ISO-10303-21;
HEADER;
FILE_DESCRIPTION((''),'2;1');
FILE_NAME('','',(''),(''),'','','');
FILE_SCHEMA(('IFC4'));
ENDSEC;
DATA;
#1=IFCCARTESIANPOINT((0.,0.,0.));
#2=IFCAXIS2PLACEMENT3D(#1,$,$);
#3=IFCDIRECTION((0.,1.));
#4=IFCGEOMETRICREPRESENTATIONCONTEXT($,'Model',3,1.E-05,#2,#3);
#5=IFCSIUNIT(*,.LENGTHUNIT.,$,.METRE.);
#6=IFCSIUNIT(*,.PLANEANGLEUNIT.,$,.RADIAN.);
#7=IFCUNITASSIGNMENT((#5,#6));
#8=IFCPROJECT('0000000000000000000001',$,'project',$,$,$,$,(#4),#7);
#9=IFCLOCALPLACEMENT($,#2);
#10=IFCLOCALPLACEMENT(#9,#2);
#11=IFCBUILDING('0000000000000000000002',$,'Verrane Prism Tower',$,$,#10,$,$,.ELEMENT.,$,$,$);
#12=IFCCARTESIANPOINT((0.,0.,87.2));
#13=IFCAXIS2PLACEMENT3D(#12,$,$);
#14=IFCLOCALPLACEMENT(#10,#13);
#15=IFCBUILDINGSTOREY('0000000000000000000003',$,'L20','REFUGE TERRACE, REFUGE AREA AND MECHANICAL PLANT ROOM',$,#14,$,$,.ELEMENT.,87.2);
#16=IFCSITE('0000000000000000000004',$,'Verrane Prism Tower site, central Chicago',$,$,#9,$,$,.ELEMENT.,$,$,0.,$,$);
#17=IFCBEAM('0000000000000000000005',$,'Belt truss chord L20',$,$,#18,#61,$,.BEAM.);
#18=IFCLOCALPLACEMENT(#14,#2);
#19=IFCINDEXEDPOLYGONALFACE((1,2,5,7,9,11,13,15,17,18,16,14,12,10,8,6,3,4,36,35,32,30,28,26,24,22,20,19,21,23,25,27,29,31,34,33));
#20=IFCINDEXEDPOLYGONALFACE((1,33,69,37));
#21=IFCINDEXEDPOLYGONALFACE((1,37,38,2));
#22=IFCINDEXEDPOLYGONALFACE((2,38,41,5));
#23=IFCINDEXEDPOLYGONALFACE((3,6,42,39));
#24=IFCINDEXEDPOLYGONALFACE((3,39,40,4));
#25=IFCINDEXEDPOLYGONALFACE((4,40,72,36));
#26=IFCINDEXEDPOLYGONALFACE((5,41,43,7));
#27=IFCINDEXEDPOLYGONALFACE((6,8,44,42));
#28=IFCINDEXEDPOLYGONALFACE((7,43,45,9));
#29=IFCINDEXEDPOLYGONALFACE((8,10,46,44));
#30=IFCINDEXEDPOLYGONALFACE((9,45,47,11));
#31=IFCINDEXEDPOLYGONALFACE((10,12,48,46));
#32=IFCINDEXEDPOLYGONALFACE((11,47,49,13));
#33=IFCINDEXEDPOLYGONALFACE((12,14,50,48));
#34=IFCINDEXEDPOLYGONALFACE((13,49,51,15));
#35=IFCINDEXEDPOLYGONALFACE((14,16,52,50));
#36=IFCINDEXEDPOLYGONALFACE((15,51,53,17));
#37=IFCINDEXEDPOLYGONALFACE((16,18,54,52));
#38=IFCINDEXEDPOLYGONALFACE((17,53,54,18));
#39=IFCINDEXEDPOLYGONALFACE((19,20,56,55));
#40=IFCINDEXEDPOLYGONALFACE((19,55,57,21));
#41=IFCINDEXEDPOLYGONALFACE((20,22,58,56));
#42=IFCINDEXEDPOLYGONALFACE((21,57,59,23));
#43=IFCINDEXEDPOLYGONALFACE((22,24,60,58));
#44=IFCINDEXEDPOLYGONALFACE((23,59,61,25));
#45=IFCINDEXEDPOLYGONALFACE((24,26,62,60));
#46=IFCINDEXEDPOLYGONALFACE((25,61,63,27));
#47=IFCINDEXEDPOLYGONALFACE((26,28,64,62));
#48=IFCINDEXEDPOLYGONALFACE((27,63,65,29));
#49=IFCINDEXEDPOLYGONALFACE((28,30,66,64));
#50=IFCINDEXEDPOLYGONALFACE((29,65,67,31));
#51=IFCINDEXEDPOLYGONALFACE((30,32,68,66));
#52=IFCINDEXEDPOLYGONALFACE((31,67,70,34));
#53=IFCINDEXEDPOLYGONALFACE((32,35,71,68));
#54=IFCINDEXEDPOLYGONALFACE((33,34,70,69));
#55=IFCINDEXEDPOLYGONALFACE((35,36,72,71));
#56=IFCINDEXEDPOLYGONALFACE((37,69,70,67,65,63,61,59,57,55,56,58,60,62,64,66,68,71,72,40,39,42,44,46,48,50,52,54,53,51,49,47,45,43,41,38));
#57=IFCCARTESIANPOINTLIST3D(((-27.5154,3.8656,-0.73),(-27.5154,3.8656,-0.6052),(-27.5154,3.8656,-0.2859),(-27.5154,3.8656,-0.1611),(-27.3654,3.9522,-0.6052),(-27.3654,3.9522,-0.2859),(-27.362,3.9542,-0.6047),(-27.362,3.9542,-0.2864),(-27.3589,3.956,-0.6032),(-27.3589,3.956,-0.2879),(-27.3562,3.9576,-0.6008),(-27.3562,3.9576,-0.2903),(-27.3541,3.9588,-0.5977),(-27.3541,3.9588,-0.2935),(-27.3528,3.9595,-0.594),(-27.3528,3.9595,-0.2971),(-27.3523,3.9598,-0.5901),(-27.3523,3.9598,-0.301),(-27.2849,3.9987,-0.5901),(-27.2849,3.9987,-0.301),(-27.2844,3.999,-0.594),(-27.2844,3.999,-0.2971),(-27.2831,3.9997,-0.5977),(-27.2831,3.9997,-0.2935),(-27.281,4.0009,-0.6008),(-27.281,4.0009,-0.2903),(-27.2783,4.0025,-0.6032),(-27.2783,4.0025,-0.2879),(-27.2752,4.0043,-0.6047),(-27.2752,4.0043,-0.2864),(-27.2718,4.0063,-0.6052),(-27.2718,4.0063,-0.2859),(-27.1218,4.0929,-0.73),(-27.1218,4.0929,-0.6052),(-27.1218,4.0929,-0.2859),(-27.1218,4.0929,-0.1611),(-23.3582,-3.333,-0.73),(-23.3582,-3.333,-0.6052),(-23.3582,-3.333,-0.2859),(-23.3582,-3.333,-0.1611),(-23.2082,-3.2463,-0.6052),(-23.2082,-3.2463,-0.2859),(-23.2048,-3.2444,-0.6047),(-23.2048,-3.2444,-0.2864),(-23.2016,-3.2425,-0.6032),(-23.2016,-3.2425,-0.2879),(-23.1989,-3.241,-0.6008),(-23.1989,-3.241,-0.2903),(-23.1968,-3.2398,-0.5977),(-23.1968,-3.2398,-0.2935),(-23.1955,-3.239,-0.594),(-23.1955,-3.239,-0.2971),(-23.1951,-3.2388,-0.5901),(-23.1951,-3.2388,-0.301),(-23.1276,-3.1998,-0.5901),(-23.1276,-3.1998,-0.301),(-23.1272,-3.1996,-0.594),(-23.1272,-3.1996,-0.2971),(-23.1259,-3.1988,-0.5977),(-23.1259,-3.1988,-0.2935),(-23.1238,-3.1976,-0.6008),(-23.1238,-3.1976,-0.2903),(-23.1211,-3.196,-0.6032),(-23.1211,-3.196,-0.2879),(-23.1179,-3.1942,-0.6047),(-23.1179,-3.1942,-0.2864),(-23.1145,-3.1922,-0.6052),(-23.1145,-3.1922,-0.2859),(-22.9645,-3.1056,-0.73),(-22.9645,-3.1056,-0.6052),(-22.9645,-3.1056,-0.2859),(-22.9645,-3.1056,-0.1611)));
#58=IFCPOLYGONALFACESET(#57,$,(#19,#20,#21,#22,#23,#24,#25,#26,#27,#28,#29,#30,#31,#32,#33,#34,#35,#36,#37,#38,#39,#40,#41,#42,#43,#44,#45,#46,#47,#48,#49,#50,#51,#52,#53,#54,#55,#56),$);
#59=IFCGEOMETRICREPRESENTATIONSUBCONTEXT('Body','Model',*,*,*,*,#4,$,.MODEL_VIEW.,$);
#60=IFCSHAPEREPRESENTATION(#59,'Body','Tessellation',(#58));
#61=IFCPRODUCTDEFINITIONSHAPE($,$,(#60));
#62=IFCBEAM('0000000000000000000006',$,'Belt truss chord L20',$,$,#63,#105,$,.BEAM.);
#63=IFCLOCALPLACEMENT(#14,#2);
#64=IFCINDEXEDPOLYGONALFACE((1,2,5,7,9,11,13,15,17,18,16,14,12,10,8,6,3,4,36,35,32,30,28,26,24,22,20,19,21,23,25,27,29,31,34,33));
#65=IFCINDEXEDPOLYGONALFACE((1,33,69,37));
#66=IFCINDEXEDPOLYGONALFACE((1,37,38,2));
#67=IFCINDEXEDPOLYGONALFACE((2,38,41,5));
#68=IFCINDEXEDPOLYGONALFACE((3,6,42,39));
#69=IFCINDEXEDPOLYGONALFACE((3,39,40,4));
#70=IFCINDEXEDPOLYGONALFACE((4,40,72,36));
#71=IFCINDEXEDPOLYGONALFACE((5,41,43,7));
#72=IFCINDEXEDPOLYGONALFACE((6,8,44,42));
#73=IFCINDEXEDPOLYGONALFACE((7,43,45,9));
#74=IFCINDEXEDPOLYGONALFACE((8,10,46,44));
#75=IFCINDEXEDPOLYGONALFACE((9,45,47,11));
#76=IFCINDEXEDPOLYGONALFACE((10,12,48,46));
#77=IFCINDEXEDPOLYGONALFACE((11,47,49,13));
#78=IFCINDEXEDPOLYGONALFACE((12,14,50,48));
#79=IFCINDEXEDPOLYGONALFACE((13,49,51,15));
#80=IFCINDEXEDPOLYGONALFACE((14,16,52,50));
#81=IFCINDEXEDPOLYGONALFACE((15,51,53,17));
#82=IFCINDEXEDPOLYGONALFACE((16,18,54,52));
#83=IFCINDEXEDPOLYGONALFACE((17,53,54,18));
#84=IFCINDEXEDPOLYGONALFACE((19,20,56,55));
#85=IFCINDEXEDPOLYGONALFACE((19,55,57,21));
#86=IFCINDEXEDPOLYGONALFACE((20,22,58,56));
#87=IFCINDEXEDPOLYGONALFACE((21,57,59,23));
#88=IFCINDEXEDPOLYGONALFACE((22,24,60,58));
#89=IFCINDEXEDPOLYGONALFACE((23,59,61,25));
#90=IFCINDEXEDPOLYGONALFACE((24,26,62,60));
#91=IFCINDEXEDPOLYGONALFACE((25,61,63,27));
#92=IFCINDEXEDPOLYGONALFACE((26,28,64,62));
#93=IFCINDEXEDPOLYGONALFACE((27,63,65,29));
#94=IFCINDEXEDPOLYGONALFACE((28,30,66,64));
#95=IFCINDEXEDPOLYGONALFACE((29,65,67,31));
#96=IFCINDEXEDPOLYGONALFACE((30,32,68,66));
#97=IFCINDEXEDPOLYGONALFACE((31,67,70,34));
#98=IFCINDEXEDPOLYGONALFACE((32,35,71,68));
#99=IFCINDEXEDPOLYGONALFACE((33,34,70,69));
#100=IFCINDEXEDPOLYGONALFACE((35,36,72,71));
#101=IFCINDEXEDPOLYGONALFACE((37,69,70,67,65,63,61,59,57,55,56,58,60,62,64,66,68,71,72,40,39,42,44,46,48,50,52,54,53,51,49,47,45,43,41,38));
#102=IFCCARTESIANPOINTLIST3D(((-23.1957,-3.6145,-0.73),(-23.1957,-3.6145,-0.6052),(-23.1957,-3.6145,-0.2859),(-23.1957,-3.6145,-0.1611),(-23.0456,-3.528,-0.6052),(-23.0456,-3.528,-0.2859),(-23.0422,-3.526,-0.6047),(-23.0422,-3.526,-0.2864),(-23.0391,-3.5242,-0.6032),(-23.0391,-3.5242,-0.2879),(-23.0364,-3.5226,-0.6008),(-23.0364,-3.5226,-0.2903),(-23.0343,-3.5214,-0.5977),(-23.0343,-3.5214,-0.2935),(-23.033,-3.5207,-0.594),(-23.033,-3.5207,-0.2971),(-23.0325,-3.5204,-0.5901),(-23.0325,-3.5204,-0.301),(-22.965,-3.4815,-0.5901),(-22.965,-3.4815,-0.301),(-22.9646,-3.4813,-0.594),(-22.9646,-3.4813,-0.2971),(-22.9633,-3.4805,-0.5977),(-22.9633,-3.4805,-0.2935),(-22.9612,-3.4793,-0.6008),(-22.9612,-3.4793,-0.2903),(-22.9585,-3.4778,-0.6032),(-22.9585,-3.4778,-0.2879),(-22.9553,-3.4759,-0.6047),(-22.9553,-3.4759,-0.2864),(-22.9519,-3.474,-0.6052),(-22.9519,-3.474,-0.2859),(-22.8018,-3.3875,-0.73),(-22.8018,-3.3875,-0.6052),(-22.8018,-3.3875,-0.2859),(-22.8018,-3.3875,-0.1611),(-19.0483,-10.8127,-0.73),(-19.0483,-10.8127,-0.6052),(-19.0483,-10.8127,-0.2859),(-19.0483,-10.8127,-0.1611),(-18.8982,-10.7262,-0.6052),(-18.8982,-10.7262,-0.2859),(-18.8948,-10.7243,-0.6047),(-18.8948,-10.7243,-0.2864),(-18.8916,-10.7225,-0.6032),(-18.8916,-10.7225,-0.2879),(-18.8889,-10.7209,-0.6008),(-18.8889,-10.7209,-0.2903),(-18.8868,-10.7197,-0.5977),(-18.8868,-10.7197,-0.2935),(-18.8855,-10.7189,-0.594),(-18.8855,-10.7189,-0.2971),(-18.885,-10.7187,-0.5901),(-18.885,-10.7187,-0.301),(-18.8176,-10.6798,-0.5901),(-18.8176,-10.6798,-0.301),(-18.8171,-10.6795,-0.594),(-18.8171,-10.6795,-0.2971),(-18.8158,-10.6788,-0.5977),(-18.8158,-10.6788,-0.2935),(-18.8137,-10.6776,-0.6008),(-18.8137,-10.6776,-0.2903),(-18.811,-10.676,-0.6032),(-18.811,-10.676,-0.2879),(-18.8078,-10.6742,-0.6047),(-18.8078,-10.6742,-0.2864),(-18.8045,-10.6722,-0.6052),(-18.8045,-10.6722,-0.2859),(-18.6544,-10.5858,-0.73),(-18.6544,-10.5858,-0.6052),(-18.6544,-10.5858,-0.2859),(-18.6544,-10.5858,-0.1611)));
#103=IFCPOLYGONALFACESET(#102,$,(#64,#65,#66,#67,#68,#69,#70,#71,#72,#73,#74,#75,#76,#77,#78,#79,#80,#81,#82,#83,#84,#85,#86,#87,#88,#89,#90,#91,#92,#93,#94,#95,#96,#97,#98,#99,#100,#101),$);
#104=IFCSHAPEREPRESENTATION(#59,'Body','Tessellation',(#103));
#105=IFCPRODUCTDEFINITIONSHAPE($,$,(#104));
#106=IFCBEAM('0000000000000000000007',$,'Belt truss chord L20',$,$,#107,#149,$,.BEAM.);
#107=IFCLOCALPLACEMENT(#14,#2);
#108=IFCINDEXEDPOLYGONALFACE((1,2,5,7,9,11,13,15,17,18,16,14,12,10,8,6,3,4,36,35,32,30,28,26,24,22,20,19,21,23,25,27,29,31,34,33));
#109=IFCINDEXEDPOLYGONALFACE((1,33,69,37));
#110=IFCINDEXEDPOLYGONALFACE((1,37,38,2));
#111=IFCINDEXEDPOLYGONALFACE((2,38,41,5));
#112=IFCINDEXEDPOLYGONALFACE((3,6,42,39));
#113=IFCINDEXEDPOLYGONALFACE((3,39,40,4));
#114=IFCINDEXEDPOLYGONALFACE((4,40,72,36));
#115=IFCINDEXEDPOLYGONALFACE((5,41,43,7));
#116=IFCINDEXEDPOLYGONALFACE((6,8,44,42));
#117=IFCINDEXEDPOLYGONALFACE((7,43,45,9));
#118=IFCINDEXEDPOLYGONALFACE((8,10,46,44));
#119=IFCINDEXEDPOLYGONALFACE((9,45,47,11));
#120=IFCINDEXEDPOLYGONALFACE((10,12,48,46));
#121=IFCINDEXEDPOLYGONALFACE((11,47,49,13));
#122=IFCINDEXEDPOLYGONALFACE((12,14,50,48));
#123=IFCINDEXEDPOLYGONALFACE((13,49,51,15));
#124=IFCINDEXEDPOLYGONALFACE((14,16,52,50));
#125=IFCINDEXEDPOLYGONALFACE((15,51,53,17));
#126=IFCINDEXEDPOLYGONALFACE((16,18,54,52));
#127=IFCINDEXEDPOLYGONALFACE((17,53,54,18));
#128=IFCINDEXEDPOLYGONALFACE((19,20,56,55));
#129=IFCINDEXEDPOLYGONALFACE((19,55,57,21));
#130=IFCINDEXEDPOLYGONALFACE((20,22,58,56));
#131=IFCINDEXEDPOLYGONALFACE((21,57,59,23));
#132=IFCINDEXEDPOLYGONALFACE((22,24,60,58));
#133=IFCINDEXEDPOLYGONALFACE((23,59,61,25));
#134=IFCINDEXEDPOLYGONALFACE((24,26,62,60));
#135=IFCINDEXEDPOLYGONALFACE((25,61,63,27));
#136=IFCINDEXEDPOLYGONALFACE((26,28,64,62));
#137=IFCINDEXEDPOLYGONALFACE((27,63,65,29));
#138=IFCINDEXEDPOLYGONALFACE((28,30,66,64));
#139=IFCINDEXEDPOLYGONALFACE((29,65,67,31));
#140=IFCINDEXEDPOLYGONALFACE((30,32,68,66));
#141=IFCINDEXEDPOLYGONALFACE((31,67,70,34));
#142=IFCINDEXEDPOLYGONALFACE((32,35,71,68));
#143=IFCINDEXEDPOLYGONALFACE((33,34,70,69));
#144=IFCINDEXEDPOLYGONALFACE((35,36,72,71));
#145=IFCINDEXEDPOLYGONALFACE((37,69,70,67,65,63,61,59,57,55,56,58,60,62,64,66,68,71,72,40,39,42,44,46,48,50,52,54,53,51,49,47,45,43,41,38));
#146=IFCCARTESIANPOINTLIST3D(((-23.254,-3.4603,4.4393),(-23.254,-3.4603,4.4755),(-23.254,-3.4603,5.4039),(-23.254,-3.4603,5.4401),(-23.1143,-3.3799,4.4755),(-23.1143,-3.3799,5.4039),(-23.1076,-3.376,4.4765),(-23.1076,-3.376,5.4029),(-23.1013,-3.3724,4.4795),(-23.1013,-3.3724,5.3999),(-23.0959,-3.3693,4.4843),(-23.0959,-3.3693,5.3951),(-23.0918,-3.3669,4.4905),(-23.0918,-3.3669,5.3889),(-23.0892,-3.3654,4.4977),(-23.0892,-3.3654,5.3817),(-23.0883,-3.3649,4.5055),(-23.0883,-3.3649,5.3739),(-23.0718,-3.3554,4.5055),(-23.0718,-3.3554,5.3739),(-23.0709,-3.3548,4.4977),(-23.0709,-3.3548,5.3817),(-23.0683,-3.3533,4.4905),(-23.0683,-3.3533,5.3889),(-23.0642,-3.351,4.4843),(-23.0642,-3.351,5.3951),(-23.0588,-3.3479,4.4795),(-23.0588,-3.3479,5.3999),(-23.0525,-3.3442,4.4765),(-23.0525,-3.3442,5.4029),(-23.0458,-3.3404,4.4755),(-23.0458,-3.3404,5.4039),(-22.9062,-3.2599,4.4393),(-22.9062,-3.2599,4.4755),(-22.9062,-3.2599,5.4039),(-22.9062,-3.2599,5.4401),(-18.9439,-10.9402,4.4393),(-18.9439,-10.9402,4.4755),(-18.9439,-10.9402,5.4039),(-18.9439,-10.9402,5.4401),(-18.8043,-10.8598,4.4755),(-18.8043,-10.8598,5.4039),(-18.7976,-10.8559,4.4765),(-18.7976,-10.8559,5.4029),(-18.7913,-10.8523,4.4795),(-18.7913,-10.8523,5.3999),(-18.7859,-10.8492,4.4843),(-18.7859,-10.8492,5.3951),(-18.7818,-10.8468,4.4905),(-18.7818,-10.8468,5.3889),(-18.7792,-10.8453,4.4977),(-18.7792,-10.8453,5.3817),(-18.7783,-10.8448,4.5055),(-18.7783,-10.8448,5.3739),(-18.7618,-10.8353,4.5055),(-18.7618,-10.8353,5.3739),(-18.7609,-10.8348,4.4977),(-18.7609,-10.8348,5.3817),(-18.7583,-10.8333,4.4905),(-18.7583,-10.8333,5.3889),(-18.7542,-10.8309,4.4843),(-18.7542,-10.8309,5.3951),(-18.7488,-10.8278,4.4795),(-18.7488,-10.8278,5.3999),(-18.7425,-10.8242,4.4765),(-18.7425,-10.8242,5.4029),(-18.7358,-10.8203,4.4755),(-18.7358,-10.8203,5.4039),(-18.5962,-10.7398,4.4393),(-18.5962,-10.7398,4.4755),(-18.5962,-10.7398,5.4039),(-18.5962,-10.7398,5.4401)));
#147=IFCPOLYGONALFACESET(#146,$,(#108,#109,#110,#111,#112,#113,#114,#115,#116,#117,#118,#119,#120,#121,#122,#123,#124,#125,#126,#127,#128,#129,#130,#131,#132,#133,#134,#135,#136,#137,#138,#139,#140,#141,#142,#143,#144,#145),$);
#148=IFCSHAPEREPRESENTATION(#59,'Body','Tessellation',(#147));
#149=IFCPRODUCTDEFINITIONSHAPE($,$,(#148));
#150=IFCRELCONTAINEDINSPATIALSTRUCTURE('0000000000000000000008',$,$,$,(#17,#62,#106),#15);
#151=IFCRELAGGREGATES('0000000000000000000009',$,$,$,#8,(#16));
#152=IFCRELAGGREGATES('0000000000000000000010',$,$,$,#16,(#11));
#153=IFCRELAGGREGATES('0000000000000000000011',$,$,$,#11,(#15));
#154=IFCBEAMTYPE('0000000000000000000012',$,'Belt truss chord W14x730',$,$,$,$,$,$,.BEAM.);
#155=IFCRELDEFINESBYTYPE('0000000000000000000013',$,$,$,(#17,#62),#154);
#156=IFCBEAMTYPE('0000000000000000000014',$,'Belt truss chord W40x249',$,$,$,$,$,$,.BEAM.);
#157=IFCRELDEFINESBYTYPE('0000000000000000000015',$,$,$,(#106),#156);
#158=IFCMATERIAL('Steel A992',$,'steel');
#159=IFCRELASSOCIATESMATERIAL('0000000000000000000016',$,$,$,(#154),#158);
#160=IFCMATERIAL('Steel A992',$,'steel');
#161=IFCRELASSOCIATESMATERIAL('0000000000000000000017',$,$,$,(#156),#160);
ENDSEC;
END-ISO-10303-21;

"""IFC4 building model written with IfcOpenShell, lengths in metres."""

from ifc_helpers import new_model, si_unit, direction, frame, origin, origin_2d, place, context, subcontext, project, spatial, i_section, extrude, material, material_profile, profile_set, type_object, element, save


model = new_model("IFC4")

# Units and contexts
model_context = context("Model", 3, precision=1e-05, world=origin(), true_north=direction((0.0, 1.0)))
body_context = subcontext(model_context, "Body", "Model", "MODEL_VIEW")
ifc_project = project(units=[si_unit("LENGTHUNIT", "METRE"), si_unit("PLANEANGLEUNIT", "RADIAN")], contexts=[model_context])

# Site, building, storey
site_placement = place(None, origin())
site = spatial("IfcSite", under=ifc_project, at=site_placement, Name="Verrane Prism Tower site, central Chicago", CompositionType="ELEMENT", RefElevation=0.0)
building_placement = place(site_placement, origin())
building = spatial("IfcBuilding", under=site, at=building_placement, Name="Verrane Prism Tower", CompositionType="ELEMENT")
storey_placement = place(building_placement, frame((0.0, 0.0, 87.2)))
storey = spatial("IfcBuildingStorey", under=building, at=storey_placement, Name="L20", Description="REFUGE TERRACE, REFUGE AREA AND MECHANICAL PLANT ROOM", CompositionType="ELEMENT", Elevation=87.2)

# Beams
ifc_material_1 = material(Name="Steel A992", Category="steel")
ifc_material_profile_1 = material_profile(ifc_material_1, i_section(OverallWidth=0.4546, OverallDepth=0.5688, WebThickness=0.0779, FlangeThickness=0.1248, FilletRadius=0.0151, at=origin_2d()), Name="W14x730")
ifc_profile_set_1 = profile_set([ifc_material_profile_1], Name="Steel A992")
beam_type_1 = type_object("IfcBeamType", Name="Belt truss chord W14x730", PredefinedType="BEAM", material=ifc_profile_set_1)
beam_1_placement = place(storey_placement, frame((-27.3186, 3.9792, -0.4456), z_axis=(0.500106, -0.865964, 0.0), x_axis=(0.865964, 0.500106, 0.0)))
element("IfcBeam", 1, at=beam_1_placement, inside=storey, type_object=beam_type_1, Name="Belt truss chord L20", PredefinedType="BEAM", context=body_context, shape_type="SweptSolid", body=[
    extrude(i_section(OverallWidth=0.4546, OverallDepth=0.5688, WebThickness=0.0779, FlangeThickness=0.1248, FilletRadius=0.0151, at=origin_2d()), origin(), (0.0, 0.0, 1.0), 8.3127),
])
beam_2_placement = place(storey_placement, frame((-22.9988, -3.501, -0.4456), z_axis=(0.499237, -0.866465, 0.0), x_axis=(0.866465, 0.499237, 0.0)))
element("IfcBeam", 2, at=beam_2_placement, inside=storey, type_object=beam_type_1, Name="Belt truss chord L20", PredefinedType="BEAM", context=body_context, shape_type="SweptSolid", body=[
    extrude(i_section(OverallWidth=0.4546, OverallDepth=0.5688, WebThickness=0.0779, FlangeThickness=0.1248, FilletRadius=0.0151, at=origin_2d()), origin(), (0.0, 0.0, 1.0), 8.3076),
])
ifc_material_2 = material(Name="Steel A992", Category="steel")
ifc_material_profile_2 = material_profile(ifc_material_2, i_section(OverallWidth=0.4014, OverallDepth=1.0007, WebThickness=0.019, FlangeThickness=0.0361, FilletRadius=0.03, at=origin_2d()), Name="W40x249")
ifc_profile_set_2 = profile_set([ifc_material_profile_2], Name="Steel A992")
beam_type_2 = type_object("IfcBeamType", Name="Belt truss chord W40x249", PredefinedType="BEAM", material=ifc_profile_set_2)
beam_3_placement = place(storey_placement, frame((-23.0801, -3.3601, 4.9397), z_axis=(0.49926, -0.866452, 0.0), x_axis=(0.866452, 0.49926, 0.0)))
element("IfcBeam", 3, at=beam_3_placement, inside=storey, type_object=beam_type_2, Name="Belt truss chord L20", PredefinedType="BEAM", context=body_context, shape_type="SweptSolid", body=[
    extrude(i_section(OverallWidth=0.4014, OverallDepth=1.0007, WebThickness=0.019, FlangeThickness=0.0361, FilletRadius=0.03, at=origin_2d()), origin(), (0.0, 0.0, 1.0), 8.6328),
])

save(model, "model.ifc")
